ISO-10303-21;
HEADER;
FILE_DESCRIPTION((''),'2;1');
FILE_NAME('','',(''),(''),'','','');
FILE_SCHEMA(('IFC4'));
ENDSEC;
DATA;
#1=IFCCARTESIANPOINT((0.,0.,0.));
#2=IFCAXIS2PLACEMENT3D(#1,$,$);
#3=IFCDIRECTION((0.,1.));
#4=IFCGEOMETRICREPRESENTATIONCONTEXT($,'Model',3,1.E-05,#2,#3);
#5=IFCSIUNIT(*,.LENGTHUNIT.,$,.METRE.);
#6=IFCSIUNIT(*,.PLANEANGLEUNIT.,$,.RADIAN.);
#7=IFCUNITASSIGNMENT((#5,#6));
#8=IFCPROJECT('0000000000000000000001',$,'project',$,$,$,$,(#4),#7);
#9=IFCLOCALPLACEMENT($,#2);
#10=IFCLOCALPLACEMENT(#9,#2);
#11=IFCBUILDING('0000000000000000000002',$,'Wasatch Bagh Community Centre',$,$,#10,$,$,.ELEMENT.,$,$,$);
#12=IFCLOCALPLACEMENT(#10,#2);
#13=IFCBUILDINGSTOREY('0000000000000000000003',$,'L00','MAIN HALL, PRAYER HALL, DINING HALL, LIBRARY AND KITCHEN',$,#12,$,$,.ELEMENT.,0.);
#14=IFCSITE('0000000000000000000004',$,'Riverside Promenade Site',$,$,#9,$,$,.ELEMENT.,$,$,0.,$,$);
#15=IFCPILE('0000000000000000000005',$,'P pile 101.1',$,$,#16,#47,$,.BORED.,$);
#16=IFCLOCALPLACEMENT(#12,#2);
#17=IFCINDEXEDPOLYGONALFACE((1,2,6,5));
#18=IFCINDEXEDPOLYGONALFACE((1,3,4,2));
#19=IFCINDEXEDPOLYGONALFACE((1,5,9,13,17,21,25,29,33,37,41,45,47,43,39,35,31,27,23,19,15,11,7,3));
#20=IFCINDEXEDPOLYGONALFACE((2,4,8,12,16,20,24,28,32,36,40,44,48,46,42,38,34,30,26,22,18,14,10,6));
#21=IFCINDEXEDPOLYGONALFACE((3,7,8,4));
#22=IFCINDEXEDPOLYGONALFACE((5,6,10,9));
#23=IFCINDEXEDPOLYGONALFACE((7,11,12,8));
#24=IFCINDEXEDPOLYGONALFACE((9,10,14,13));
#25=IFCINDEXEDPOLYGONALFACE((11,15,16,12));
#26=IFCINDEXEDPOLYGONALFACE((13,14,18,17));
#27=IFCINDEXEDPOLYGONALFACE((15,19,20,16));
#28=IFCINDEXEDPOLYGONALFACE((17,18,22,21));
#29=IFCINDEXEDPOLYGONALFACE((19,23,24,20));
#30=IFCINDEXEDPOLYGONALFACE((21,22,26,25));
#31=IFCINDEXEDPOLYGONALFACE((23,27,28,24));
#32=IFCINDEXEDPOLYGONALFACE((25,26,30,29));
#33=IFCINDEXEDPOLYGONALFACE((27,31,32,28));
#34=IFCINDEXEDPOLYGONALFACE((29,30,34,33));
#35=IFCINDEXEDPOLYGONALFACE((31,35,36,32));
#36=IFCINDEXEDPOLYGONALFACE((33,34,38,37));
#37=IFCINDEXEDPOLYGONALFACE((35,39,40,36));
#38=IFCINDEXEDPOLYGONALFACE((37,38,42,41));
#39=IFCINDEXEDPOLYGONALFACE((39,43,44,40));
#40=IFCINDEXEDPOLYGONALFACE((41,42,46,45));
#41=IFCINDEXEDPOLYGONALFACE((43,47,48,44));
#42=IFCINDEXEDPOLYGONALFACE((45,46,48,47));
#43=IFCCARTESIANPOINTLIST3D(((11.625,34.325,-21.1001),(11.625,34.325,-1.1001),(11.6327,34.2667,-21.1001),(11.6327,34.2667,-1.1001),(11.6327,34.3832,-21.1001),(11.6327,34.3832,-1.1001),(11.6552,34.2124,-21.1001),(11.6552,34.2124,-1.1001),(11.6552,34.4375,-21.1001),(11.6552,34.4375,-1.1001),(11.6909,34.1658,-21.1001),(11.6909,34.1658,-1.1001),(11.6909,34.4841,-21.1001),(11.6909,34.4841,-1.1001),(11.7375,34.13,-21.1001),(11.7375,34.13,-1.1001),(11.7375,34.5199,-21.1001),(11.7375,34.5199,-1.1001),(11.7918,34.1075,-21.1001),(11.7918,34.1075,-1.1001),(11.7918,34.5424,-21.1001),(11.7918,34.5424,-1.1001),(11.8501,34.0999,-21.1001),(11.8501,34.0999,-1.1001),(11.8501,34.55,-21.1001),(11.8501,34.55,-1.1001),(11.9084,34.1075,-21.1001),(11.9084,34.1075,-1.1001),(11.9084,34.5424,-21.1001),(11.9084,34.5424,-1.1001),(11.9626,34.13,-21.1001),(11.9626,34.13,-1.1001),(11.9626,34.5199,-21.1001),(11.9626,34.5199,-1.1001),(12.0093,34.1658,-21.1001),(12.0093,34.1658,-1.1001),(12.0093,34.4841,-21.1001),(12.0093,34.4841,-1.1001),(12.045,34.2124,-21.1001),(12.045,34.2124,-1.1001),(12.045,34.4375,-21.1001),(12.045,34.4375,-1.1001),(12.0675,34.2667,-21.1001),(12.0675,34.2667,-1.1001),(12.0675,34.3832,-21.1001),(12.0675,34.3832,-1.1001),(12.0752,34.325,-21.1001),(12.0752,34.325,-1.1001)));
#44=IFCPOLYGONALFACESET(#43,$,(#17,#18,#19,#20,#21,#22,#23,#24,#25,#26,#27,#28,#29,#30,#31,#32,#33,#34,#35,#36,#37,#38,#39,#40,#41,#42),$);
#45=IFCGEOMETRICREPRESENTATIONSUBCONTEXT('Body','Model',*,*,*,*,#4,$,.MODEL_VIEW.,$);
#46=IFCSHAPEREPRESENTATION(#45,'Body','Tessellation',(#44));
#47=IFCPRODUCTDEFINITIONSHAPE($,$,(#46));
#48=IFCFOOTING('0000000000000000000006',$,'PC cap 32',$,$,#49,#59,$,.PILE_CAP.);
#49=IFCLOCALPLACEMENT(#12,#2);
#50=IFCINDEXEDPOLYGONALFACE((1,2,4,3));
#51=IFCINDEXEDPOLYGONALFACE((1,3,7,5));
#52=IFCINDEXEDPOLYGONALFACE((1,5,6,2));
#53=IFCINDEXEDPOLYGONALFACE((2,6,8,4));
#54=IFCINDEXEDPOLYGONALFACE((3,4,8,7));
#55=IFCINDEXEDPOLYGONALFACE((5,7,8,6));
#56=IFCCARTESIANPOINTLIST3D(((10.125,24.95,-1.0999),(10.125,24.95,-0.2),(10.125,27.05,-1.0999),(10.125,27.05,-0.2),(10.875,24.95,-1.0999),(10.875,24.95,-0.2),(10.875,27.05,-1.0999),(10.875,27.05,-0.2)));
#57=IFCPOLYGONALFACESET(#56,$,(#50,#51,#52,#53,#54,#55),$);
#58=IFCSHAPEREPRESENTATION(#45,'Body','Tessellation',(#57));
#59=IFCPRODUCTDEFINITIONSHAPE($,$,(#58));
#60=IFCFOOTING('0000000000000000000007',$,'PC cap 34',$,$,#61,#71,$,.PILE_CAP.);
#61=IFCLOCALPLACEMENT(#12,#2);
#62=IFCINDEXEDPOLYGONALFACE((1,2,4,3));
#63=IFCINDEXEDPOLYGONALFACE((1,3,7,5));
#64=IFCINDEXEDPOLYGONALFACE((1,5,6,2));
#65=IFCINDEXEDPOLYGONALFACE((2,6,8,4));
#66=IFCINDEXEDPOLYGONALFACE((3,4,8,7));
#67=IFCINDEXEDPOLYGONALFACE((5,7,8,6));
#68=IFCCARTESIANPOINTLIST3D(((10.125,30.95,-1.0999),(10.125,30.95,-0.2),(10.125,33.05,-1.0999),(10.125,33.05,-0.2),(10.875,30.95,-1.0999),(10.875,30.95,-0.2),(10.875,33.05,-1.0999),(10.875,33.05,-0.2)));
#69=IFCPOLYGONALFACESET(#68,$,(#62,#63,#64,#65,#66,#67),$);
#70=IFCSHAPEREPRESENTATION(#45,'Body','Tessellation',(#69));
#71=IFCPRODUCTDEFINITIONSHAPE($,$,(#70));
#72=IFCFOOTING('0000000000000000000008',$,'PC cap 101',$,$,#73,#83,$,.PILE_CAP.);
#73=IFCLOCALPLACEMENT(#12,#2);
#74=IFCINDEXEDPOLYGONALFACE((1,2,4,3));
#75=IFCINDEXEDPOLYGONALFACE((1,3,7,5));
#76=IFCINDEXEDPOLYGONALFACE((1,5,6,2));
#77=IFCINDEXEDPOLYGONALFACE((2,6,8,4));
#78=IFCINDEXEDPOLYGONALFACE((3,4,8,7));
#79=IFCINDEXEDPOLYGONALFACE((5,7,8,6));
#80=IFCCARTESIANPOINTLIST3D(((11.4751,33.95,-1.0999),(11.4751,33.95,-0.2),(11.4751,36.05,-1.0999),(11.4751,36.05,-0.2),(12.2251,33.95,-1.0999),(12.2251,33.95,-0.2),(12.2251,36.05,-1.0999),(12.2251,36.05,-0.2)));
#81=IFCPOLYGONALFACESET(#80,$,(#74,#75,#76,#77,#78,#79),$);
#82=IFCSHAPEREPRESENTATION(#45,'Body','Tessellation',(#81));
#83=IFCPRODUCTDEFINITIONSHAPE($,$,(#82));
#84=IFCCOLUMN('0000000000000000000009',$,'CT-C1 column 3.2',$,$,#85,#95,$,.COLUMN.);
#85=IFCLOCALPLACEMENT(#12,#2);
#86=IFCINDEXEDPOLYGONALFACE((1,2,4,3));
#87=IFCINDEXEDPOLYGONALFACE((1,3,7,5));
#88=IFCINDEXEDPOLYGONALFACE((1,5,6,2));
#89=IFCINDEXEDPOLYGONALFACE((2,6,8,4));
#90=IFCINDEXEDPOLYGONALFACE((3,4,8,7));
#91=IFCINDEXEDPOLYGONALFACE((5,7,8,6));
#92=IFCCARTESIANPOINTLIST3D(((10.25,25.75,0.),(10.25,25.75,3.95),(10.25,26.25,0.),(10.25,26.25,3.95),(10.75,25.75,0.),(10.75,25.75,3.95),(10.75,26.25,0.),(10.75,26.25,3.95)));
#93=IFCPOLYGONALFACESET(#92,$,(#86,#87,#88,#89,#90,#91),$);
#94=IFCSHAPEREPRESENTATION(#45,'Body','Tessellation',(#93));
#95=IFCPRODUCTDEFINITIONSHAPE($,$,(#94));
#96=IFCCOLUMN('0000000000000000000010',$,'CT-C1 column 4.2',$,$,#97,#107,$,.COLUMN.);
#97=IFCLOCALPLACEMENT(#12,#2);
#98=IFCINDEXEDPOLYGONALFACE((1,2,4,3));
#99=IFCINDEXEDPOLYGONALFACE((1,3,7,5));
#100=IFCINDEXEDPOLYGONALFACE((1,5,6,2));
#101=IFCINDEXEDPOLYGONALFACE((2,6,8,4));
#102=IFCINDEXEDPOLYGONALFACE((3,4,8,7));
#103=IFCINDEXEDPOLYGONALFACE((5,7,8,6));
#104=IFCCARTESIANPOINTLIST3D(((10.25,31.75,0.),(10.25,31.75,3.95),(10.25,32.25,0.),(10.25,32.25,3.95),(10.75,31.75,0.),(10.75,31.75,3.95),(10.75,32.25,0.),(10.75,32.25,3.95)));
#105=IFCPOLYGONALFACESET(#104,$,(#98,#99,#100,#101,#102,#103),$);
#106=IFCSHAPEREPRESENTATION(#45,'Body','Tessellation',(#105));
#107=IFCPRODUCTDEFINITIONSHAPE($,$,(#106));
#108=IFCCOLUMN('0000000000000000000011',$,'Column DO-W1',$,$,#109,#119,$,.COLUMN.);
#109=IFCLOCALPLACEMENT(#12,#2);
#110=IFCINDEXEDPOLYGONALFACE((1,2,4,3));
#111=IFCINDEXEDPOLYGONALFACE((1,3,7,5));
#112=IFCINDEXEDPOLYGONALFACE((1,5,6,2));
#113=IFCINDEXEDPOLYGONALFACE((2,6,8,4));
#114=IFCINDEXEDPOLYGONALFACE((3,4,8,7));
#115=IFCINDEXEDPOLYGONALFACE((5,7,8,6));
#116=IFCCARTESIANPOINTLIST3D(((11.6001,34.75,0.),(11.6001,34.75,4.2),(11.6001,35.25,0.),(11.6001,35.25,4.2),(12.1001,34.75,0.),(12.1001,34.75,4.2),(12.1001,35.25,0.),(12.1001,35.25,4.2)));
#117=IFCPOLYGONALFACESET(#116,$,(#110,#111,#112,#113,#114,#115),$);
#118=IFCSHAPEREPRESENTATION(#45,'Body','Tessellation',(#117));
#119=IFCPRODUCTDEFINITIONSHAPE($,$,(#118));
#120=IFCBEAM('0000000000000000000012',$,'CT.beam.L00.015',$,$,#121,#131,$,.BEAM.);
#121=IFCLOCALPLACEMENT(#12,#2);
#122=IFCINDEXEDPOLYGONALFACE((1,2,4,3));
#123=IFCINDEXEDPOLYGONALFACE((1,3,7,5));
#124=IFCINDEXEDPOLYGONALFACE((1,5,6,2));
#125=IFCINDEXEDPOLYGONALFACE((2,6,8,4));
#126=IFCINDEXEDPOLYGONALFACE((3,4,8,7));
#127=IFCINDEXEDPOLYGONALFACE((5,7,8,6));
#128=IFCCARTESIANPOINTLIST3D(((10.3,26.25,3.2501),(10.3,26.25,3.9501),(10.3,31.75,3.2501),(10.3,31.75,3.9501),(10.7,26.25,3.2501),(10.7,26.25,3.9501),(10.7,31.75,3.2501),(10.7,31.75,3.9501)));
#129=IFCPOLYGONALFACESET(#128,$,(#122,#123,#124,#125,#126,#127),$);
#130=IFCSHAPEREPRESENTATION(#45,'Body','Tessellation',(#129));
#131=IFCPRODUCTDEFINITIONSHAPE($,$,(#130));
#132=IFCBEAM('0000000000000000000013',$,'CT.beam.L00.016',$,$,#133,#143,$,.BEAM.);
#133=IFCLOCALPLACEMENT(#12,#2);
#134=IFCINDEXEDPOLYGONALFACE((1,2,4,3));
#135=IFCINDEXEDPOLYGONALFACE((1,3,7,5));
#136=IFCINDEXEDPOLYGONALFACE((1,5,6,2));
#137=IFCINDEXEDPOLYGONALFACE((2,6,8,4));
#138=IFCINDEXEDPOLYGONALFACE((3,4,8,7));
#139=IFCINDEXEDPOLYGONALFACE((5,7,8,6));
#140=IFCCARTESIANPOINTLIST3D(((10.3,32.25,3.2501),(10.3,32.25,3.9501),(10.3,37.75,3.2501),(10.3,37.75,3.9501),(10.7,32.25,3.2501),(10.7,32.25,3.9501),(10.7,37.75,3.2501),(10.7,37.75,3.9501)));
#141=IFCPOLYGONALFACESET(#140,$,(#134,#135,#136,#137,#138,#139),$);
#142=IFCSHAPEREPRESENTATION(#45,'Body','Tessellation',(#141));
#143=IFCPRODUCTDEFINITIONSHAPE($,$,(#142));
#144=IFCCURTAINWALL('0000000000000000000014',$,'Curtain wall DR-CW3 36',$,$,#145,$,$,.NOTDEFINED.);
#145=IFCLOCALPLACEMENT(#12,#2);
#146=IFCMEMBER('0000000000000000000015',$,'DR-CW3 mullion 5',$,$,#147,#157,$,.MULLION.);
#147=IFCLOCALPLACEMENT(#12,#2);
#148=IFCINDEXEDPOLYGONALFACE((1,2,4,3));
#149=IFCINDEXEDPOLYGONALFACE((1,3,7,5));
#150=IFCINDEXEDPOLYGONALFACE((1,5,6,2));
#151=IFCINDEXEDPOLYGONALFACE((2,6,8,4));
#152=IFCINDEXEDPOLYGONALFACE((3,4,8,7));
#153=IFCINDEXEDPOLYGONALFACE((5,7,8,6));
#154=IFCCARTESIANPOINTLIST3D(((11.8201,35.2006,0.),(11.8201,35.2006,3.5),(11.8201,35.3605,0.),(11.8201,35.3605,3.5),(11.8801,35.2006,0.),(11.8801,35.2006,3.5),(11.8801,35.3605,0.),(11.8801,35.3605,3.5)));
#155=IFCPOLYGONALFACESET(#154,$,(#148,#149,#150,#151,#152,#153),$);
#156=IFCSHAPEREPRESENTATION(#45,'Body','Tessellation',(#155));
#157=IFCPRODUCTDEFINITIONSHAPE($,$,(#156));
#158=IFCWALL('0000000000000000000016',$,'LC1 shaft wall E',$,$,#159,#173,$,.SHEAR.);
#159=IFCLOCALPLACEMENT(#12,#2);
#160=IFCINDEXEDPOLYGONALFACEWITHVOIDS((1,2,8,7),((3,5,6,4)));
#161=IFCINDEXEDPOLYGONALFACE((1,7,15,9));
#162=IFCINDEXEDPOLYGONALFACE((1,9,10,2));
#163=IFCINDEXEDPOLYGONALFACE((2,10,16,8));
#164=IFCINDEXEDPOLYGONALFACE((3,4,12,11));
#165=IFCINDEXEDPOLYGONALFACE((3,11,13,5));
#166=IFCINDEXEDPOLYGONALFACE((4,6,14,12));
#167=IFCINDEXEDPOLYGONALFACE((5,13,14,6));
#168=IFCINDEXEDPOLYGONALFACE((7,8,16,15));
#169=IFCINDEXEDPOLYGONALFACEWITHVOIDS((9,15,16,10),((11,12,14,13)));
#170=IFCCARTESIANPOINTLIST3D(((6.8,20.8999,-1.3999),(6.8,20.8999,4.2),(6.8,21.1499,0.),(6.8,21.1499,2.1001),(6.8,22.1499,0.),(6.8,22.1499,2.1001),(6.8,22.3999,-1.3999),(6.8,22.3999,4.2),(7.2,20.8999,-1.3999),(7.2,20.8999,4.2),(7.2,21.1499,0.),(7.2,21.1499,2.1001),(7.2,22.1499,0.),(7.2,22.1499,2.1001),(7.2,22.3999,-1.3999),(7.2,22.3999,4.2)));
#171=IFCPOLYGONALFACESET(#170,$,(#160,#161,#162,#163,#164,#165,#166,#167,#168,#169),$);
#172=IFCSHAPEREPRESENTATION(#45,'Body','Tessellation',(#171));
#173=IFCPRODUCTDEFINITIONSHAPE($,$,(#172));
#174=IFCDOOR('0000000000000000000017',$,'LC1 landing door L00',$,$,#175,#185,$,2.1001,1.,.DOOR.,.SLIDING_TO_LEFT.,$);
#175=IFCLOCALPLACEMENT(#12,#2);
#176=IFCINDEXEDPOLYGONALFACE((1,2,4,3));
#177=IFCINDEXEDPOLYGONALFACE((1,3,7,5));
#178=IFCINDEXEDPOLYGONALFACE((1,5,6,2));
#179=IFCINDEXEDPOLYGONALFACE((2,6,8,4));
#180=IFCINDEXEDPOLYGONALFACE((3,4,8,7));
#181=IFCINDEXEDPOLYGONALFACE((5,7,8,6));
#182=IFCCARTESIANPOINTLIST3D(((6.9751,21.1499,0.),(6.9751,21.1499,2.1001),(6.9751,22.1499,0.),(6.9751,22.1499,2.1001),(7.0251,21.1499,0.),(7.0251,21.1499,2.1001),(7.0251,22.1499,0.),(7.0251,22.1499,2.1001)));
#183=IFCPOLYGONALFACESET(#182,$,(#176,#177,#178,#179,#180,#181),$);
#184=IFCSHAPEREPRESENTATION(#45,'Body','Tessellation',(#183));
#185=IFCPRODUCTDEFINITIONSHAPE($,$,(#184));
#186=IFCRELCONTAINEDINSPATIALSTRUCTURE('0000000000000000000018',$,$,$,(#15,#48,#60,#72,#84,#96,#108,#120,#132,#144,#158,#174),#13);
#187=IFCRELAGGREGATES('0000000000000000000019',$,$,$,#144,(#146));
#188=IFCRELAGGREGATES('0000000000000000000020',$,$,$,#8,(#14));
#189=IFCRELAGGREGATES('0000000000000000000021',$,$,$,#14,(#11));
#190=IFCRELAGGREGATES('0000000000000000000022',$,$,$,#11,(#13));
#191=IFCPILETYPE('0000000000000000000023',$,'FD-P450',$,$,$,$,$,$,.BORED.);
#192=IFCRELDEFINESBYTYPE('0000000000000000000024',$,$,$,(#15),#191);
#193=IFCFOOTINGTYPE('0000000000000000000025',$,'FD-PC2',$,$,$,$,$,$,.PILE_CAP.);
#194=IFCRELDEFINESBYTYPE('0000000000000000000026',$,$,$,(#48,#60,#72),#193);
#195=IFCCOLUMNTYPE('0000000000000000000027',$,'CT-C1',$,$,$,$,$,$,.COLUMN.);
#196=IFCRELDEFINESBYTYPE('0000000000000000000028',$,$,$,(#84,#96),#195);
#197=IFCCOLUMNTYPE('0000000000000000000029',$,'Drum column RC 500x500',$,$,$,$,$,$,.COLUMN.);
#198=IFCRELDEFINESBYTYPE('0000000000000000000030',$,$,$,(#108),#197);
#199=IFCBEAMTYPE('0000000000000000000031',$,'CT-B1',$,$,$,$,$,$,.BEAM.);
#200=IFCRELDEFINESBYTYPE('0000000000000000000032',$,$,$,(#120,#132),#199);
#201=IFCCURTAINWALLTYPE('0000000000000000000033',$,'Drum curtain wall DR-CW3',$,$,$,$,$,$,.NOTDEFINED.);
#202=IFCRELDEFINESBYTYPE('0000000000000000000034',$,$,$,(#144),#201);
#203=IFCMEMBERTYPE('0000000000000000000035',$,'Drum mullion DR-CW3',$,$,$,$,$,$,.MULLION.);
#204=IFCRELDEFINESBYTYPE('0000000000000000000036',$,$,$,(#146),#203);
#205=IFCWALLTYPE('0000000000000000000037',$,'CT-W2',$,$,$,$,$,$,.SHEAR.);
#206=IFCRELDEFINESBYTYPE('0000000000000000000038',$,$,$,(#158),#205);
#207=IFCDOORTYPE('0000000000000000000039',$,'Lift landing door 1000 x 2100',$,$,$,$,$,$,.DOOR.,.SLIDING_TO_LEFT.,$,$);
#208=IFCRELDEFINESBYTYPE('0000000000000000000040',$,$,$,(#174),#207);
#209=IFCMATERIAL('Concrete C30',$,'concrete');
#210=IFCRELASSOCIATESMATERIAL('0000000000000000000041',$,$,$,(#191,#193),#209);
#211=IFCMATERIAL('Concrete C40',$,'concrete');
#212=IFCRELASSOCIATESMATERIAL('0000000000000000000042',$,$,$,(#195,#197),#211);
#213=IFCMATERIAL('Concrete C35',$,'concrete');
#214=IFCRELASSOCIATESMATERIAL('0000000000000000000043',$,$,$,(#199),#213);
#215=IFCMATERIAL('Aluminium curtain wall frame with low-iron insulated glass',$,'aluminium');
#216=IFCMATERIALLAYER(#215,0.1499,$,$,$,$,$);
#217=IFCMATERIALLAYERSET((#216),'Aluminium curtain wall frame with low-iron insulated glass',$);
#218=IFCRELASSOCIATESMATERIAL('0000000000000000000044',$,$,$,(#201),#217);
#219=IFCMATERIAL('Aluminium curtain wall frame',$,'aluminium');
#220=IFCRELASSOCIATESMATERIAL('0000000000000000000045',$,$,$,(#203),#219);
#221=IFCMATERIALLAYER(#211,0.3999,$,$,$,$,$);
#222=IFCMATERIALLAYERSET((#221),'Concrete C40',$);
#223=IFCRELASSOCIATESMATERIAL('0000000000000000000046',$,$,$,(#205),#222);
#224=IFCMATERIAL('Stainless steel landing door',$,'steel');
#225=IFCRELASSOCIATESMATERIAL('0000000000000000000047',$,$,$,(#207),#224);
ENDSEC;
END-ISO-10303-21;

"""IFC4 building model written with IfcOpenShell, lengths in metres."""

from ifc_helpers import new_model, si_unit, direction, frame, frame_2d, origin, origin_2d, place, context, subcontext, project, spatial, rectangle, circle, extrude, material, layer, layer_set, material_profile, profile_set, type_object, element, fill, aggregate, save


model = new_model("IFC4")

# Units and contexts
model_context = context("Model", 3, precision=1e-05, world=origin(), true_north=direction((0.0, 1.0)))
body_context = subcontext(model_context, "Body", "Model", "MODEL_VIEW")
ifc_project = project(units=[si_unit("LENGTHUNIT", "METRE"), si_unit("PLANEANGLEUNIT", "RADIAN")], contexts=[model_context])

# Site, building, storey
site_placement = place(None, origin())
site = spatial("IfcSite", under=ifc_project, at=site_placement, Name="Riverside Promenade Site", CompositionType="ELEMENT", RefElevation=0.0)
building_placement = place(site_placement, origin())
building = spatial("IfcBuilding", under=site, at=building_placement, Name="Wasatch Bagh Community Centre", CompositionType="ELEMENT")
storey_placement = place(building_placement, origin())
storey = spatial("IfcBuildingStorey", under=building, at=storey_placement, Name="L00", Description="MAIN HALL, PRAYER HALL, DINING HALL, LIBRARY AND KITCHEN", CompositionType="ELEMENT", Elevation=0.0)

# Shared definitions
ifc_material_1 = material(Name="Concrete C35", Category="concrete")

# Pile
ifc_material_2 = material(Name="Concrete C30", Category="concrete")
ifc_material_profile_1 = material_profile(ifc_material_2, circle(Radius=0.2251, at=origin_2d()), Name="RC D450")
ifc_profile_set_1 = profile_set([ifc_material_profile_1], Name="Concrete C30")
pile_type = type_object("IfcPileType", Name="FD-P450", PredefinedType="BORED", material=ifc_profile_set_1)
for number, where, z_axis, x_axis, name in (
    (1, (11.8501, 34.325, -1.1001), (0.0, 0.0, -1.0), (1.0, 0.0, 0.0), "P pile 101.1"),
):
    element("IfcPile", number, at=place(storey_placement, frame(where, z_axis=z_axis, x_axis=x_axis)), inside=storey, type_object=pile_type, Name=name, PredefinedType="BORED", context=body_context, shape_type="SweptSolid", body=[
        extrude(circle(Radius=0.2251, at=origin_2d()), origin(), (0.0, 0.0, 1.0), 20.0),
    ])

# Footings
footing_type_1 = type_object("IfcFootingType", Name="FD-PC2", PredefinedType="PILE_CAP", material=ifc_material_2)
for number, where, z_axis, x_axis, name in (
    (2, (10.5, 26.0, -1.0999), (0.0, 0.0, 1.0), (0.0, 1.0, 0.0), "PC cap 32"),
    (3, (10.5, 32.0, -1.0999), (0.0, 0.0, 1.0), (0.0, 1.0, 0.0), "PC cap 34"),
    (4, (11.8501, 35.0, -1.0999), (0.0, 0.0, 1.0), (0.0, 1.0, 0.0), "PC cap 101"),
):
    element("IfcFooting", number, at=place(storey_placement, frame(where, z_axis=z_axis, x_axis=x_axis)), inside=storey, type_object=footing_type_1, Name=name, PredefinedType="PILE_CAP", context=body_context, shape_type="SweptSolid", body=[
        extrude(rectangle(XDim=2.1001, YDim=0.75, at=origin_2d()), origin(), (0.0, 0.0, 1.0), 0.8999),
    ])

# Columns
ifc_material_3 = material(Name="Concrete C40", Category="concrete")
ifc_material_profile_2 = material_profile(ifc_material_3, rectangle(XDim=0.5, YDim=0.5, at=origin_2d()), Name="RC 500x500")
ifc_profile_set_2 = profile_set([ifc_material_profile_2], Name="Concrete C40")
column_type_1 = type_object("IfcColumnType", Name="CT-C1", PredefinedType="COLUMN", material=ifc_profile_set_2)
for number, where, z_axis, x_axis, name in (
    (5, (10.5, 26.0, 0.0), (0.0, 0.0, 1.0), (1.0, 0.0, 0.0), "CT-C1 column 3.2"),
    (6, (10.5, 32.0, 0.0), (0.0, 0.0, 1.0), (1.0, 0.0, 0.0), "CT-C1 column 4.2"),
):
    element("IfcColumn", number, at=place(storey_placement, frame(where, z_axis=z_axis, x_axis=x_axis)), inside=storey, type_object=column_type_1, Name=name, PredefinedType="COLUMN", context=body_context, shape_type="SweptSolid", body=[
        extrude(rectangle(XDim=0.5, YDim=0.5, at=origin_2d()), origin(), (0.0, 0.0, 1.0), 3.95),
    ])
ifc_material_profile_3 = material_profile(ifc_material_3, rectangle(XDim=0.5, YDim=0.5, at=origin_2d()), Name="RC 500x500")
ifc_profile_set_3 = profile_set([ifc_material_profile_3], Name="Concrete C40")
column_type_2 = type_object("IfcColumnType", Name="Drum column RC 500x500", PredefinedType="COLUMN", material=ifc_profile_set_3)
column_placement = place(storey_placement, frame((11.8501, 35.0, 0.0), z_axis=(0.0, 0.0, 1.0), x_axis=(1.0, 0.0, 0.0)))
element("IfcColumn", 7, at=column_placement, inside=storey, type_object=column_type_2, Name="Column DO-W1", PredefinedType="COLUMN", context=body_context, shape_type="SweptSolid", body=[
    extrude(rectangle(XDim=0.5, YDim=0.5, at=origin_2d()), origin(), (0.0, 0.0, 1.0), 4.2),
])

# Beams
ifc_material_profile_4 = material_profile(ifc_material_1, rectangle(XDim=0.3999, YDim=0.7, at=origin_2d()), Name="RC 400x700")
ifc_profile_set_4 = profile_set([ifc_material_profile_4], Name="Concrete C35")
beam_type = type_object("IfcBeamType", Name="CT-B1", PredefinedType="BEAM", material=ifc_profile_set_4)
for number, where, z_axis, x_axis, name in (
    (8, (10.5, 26.25, 3.6001), (0.0, 1.0, 0.0), (-1.0, 0.0, 0.0), "CT.beam.L00.015"),
    (9, (10.5, 32.25, 3.6001), (0.0, 1.0, 0.0), (-1.0, 0.0, 0.0), "CT.beam.L00.016"),
):
    element("IfcBeam", number, at=place(storey_placement, frame(where, z_axis=z_axis, x_axis=x_axis)), inside=storey, type_object=beam_type, Name=name, PredefinedType="BEAM", context=body_context, shape_type="SweptSolid", body=[
        extrude(rectangle(XDim=0.3999, YDim=0.7, at=origin_2d()), origin(), (0.0, 0.0, 1.0), 5.5),
    ])

# Curtain wall, member
ifc_material_4 = material(Name="Aluminium curtain wall frame with low-iron insulated glass", Category="aluminium")
ifc_layer_1 = layer(ifc_material_4, 0.1499)
ifc_layer_set_1 = layer_set([ifc_layer_1], Name="Aluminium curtain wall frame with low-iron insulated glass")
curtain_wall_type = type_object("IfcCurtainWallType", Name="Drum curtain wall DR-CW3", PredefinedType="NOTDEFINED", material=ifc_layer_set_1)
curtain_wall_placement = place(storey_placement, origin())
curtain_wall = element("IfcCurtainWall", 10, at=curtain_wall_placement, inside=storey, type_object=curtain_wall_type, Name="Curtain wall DR-CW3 36", PredefinedType="NOTDEFINED")
ifc_material_5 = material(Name="Aluminium curtain wall frame", Category="aluminium")
ifc_material_profile_5 = material_profile(ifc_material_5, rectangle(XDim=0.0601, YDim=0.1599, at=origin_2d()), Name="Drum mullion DR-CW3")
ifc_profile_set_5 = profile_set([ifc_material_profile_5], Name="Aluminium curtain wall frame")
member_type = type_object("IfcMemberType", Name="Drum mullion DR-CW3", PredefinedType="MULLION", material=ifc_profile_set_5)
member_placement = place(storey_placement, frame((11.8501, 35.2805, 0.0), z_axis=(0.0, 0.0, 1.0), x_axis=(1.0, 0.0, 0.0)))
member = element("IfcMember", 11, at=member_placement, type_object=member_type, Name="DR-CW3 mullion 5", PredefinedType="MULLION", context=body_context, shape_type="SweptSolid", body=[
    extrude(rectangle(XDim=0.0601, YDim=0.1599, at=origin_2d()), origin(), (0.0, 0.0, 1.0), 3.5),
])
aggregate(curtain_wall, [member])

# Wall, opening, door
ifc_layer_2 = layer(ifc_material_3, 0.3999)
ifc_layer_set_2 = layer_set([ifc_layer_2], Name="Concrete C40")
wall_type = type_object("IfcWallType", Name="CT-W2", PredefinedType="SHEAR", material=ifc_layer_set_2)
wall_placement = place(storey_placement, frame((7.0, 20.8999, -1.3999), z_axis=(0.0, 0.0, 1.0), x_axis=(0.0, 1.0, 0.0)))
wall = element("IfcWall", 12, at=wall_placement, inside=storey, type_object=wall_type, Name="LC1 shaft wall E", PredefinedType="SHEAR", context=body_context, shape_type="SweptSolid", body=[
    extrude(rectangle(XDim=1.5, YDim=0.3999, at=frame_2d((0.75, 0.0))), origin(), (0.0, 0.0, 1.0), 5.5999),
])
opening_placement = place(wall_placement, frame((0.25, 0.0, 1.3999)))
opening = element("IfcOpeningElement", 13, at=opening_placement, cuts=wall, PredefinedType="OPENING", context=body_context, shape_type="SweptSolid", body=[
    extrude(rectangle(XDim=1.0, YDim=2.1001, at=frame_2d((0.5, 1.05))), frame((0.0, 0.21, 0.0), z_axis=(0.0, -1.0, 0.0), x_axis=(1.0, 0.0, 0.0)), (0.0, 0.0, 1.0), 0.4199),
])
ifc_material_6 = material(Name="Stainless steel landing door", Category="steel")
door_type = type_object("IfcDoorType", Name="Lift landing door 1000 x 2100", OperationType="SLIDING_TO_LEFT", PredefinedType="DOOR", material=ifc_material_6)
door_placement = place(opening_placement, origin())
door = element("IfcDoor", 14, at=door_placement, inside=storey, type_object=door_type, Name="LC1 landing door L00", OperationType="SLIDING_TO_LEFT", OverallHeight=2.1001, OverallWidth=1.0, PredefinedType="DOOR", context=body_context, shape_type="SweptSolid", body=[
    extrude(rectangle(XDim=1.0, YDim=2.1001, at=frame_2d((0.5, 1.05))), frame((0.0, 0.0249, 0.0), z_axis=(0.0, -1.0, 0.0), x_axis=(1.0, 0.0, 0.0)), (0.0, 0.0, 1.0), 0.05),
])
fill(opening, door)

save(model, "model.ifc")
